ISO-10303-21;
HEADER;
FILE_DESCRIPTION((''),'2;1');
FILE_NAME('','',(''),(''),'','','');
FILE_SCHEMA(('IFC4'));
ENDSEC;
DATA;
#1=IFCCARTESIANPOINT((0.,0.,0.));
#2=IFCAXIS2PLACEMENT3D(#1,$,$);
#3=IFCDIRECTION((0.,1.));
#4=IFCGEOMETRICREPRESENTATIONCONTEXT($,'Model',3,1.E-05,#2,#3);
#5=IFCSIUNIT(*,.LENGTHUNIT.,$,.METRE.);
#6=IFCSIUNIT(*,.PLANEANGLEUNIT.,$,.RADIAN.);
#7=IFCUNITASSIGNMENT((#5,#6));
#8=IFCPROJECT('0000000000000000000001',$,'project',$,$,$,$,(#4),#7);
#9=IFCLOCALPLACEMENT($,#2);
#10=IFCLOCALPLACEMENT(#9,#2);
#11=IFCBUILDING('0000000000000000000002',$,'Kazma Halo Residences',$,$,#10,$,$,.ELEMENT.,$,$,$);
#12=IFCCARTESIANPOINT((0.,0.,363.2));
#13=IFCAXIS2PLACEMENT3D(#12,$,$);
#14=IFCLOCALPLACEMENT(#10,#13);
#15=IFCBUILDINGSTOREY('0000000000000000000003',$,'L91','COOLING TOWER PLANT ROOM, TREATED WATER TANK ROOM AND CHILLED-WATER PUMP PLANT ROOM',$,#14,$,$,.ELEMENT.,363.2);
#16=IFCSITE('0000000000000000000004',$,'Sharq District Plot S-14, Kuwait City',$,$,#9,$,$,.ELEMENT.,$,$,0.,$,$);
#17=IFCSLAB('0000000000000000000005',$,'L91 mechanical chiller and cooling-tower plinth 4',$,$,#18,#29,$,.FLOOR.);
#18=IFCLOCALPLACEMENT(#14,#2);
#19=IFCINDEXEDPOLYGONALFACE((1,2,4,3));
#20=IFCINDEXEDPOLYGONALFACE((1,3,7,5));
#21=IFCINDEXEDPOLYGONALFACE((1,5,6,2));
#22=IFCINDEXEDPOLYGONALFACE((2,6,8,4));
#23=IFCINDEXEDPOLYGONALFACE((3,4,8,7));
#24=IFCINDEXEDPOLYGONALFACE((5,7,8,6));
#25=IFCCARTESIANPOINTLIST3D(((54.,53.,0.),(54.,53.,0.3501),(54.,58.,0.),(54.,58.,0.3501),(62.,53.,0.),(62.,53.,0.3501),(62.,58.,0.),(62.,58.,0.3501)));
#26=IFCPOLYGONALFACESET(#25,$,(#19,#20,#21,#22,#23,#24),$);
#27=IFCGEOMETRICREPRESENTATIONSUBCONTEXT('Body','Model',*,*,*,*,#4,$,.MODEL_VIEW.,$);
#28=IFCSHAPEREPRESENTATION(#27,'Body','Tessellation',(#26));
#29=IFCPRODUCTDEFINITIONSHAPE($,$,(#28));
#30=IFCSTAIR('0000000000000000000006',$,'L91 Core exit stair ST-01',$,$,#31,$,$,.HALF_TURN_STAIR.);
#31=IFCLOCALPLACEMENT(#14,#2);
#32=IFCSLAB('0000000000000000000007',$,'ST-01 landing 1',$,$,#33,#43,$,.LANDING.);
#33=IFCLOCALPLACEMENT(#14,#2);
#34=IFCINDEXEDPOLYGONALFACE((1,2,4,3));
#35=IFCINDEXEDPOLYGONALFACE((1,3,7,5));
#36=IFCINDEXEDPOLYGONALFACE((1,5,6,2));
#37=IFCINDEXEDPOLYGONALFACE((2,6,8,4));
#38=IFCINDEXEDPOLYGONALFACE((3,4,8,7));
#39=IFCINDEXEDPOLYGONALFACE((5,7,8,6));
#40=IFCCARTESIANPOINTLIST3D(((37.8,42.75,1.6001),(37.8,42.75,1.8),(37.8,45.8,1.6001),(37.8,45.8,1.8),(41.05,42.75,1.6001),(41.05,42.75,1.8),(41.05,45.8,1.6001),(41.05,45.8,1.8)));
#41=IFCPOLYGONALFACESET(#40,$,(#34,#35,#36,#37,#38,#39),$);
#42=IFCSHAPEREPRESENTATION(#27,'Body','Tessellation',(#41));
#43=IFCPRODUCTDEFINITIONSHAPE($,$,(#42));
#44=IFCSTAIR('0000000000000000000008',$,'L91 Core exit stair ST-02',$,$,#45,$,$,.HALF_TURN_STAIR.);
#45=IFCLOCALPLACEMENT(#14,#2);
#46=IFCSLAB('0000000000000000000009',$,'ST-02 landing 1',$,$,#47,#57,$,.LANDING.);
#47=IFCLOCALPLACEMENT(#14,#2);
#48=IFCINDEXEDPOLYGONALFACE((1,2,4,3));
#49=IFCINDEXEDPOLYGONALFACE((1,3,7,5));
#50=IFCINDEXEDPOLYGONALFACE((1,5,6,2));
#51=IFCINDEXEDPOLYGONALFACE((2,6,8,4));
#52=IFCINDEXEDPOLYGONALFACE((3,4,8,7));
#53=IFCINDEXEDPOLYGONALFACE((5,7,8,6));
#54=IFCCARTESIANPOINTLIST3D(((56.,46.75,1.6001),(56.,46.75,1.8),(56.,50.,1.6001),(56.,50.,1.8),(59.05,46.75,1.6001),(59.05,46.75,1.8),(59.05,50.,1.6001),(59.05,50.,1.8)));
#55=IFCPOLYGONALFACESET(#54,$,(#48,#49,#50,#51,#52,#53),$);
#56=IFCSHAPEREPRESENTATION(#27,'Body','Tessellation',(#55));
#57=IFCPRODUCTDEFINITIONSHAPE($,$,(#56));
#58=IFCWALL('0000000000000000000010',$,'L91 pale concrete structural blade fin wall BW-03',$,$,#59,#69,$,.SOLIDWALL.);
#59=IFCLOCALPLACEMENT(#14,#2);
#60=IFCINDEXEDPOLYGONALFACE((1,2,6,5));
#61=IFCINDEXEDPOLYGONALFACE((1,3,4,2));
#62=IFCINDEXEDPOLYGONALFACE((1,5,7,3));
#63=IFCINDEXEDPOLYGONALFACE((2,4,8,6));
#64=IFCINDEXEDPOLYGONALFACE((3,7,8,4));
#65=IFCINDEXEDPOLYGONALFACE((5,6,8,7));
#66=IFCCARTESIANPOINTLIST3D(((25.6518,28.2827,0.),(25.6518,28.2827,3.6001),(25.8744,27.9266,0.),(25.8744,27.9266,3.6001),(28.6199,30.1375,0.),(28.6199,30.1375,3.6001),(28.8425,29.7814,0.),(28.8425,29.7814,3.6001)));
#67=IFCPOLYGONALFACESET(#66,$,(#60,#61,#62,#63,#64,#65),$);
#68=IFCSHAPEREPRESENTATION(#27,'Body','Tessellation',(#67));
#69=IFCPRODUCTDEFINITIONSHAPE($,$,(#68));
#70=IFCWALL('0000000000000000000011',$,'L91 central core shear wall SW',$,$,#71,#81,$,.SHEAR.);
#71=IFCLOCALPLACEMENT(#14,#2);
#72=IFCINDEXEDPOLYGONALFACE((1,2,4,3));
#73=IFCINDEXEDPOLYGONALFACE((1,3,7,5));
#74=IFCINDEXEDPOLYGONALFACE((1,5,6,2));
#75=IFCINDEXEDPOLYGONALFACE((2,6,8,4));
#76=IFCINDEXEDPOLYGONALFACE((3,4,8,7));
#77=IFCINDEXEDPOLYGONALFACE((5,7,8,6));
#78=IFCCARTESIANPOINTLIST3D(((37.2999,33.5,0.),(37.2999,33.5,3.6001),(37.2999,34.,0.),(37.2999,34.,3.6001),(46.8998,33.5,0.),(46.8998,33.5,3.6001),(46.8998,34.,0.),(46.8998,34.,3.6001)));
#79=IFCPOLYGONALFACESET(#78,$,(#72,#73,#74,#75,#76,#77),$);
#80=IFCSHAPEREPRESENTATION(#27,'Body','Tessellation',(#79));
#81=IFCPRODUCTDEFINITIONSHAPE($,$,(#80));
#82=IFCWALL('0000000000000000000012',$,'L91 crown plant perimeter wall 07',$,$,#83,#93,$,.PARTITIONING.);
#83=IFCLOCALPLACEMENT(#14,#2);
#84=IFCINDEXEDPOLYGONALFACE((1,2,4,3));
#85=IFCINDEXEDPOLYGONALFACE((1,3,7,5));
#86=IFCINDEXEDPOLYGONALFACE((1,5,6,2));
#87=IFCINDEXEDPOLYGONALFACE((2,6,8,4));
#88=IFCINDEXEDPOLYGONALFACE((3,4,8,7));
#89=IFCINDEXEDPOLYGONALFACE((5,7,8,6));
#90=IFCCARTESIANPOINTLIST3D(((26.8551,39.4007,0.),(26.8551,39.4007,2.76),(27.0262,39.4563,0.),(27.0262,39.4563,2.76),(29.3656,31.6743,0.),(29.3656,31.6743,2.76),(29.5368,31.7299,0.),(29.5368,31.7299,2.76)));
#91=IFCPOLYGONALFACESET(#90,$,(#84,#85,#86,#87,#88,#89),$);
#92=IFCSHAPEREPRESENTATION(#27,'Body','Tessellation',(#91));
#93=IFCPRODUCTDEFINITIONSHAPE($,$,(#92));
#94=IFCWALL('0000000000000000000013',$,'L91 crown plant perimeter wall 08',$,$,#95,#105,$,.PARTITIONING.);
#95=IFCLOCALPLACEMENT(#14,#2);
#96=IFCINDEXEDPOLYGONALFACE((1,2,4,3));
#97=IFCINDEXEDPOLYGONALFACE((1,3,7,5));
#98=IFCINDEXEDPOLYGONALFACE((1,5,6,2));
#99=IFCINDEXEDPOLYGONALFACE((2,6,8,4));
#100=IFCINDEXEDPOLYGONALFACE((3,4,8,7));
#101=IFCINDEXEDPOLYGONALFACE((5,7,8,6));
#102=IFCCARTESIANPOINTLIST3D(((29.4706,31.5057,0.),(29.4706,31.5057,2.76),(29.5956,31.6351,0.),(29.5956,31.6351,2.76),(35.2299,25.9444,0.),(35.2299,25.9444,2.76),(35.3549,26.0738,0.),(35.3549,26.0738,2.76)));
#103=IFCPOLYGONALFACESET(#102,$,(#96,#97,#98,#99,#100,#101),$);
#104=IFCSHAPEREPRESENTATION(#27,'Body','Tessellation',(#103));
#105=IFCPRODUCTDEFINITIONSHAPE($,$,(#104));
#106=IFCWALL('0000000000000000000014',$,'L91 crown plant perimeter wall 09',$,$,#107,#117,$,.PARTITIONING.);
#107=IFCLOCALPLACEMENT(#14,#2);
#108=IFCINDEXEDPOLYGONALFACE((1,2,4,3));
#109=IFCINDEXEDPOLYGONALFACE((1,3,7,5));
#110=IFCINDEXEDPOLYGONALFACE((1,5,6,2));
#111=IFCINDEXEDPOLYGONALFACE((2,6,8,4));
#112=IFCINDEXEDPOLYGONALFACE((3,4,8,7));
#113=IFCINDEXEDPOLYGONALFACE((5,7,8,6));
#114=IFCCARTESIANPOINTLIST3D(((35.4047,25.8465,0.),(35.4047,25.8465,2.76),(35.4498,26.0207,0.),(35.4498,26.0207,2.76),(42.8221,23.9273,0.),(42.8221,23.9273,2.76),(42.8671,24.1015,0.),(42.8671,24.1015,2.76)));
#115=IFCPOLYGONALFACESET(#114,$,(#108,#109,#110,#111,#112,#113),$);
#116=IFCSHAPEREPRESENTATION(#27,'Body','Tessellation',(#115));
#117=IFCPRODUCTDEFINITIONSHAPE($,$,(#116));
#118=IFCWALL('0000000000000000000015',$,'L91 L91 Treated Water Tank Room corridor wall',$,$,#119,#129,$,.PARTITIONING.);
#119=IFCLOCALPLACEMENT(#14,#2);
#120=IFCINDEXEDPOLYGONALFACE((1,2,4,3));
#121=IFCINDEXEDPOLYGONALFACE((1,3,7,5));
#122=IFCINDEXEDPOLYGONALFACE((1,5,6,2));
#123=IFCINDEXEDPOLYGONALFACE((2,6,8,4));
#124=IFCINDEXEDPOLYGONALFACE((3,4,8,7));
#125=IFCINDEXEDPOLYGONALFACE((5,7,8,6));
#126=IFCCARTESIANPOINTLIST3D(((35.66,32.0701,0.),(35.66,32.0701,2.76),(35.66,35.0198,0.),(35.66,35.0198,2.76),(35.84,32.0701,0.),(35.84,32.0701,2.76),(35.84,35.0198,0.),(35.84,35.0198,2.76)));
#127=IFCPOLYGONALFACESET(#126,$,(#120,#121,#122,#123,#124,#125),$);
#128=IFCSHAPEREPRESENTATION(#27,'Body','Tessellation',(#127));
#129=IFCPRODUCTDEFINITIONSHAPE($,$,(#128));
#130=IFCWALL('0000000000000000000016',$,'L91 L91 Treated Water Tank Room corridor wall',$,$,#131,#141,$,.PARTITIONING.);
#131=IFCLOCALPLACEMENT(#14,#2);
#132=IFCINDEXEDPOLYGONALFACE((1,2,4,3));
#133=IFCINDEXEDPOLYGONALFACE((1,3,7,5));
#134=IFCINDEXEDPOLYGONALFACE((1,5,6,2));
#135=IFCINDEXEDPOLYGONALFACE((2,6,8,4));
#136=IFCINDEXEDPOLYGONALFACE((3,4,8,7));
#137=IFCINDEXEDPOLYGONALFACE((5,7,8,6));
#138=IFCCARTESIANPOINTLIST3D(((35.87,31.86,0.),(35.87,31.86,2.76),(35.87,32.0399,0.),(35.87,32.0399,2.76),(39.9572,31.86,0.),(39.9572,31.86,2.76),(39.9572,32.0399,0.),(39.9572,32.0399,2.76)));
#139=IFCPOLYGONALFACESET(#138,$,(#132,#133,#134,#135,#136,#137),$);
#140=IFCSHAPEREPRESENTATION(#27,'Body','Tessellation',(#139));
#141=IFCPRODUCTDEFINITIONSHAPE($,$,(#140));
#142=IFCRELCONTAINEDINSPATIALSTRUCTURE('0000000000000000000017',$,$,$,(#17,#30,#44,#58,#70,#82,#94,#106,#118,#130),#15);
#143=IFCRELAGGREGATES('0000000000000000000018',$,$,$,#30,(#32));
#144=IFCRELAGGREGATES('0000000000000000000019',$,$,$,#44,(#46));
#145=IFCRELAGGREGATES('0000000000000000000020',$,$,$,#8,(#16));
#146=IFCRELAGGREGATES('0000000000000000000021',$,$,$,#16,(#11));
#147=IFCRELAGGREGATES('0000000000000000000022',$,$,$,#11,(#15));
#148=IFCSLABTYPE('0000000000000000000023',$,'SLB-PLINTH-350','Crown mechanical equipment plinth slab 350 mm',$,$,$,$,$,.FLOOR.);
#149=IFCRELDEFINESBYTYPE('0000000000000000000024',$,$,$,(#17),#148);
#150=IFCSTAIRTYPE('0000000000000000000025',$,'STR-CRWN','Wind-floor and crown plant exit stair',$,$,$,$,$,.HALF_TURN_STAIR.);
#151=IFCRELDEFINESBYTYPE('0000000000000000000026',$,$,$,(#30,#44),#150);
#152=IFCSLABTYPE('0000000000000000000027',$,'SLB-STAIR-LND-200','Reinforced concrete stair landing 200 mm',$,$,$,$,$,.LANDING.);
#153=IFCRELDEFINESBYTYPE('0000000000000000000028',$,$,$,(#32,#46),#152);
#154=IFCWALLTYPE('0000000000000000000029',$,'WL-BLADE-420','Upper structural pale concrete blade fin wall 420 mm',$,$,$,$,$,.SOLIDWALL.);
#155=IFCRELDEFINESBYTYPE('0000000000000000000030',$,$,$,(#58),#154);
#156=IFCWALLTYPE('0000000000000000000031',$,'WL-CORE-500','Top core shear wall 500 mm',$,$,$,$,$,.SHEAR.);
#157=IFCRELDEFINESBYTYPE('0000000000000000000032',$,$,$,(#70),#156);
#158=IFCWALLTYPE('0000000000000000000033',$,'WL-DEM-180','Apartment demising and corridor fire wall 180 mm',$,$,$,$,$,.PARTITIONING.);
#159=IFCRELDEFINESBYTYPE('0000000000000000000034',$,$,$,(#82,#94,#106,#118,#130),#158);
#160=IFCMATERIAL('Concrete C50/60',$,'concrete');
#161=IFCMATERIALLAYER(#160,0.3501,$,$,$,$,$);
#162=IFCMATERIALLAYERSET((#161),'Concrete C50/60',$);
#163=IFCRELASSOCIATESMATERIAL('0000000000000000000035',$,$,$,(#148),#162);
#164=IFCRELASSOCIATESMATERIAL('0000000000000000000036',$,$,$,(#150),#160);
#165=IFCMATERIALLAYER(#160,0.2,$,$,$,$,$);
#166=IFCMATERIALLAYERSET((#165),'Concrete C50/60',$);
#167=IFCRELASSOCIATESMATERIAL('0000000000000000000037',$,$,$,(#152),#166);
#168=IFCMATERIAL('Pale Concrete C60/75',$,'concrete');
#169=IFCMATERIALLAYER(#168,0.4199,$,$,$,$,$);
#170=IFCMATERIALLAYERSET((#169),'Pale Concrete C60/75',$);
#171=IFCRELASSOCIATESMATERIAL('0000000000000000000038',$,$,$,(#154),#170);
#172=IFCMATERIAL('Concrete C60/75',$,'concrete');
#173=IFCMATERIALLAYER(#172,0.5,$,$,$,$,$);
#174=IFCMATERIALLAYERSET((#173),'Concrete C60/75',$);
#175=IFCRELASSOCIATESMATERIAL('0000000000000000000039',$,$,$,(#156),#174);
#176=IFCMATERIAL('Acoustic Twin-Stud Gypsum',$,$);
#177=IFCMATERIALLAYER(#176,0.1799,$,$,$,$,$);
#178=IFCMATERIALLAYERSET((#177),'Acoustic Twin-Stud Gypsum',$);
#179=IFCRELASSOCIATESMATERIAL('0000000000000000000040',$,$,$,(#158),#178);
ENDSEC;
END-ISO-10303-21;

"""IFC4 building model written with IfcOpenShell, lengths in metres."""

from ifc_helpers import new_model, si_unit, direction, frame, frame_2d, origin, place, context, subcontext, project, spatial, polyline, rectangle, outline, extrude, material, layer, layer_set, type_object, element, aggregate, save


model = new_model("IFC4")

# Units and contexts
model_context = context("Model", 3, precision=1e-05, world=origin(), true_north=direction((0.0, 1.0)))
body_context = subcontext(model_context, "Body", "Model", "MODEL_VIEW")
ifc_project = project(units=[si_unit("LENGTHUNIT", "METRE"), si_unit("PLANEANGLEUNIT", "RADIAN")], contexts=[model_context])

# Site, building, storey
site_placement = place(None, origin())
site = spatial("IfcSite", under=ifc_project, at=site_placement, Name="Sharq District Plot S-14, Kuwait City", CompositionType="ELEMENT", RefElevation=0.0)
building_placement = place(site_placement, origin())
building = spatial("IfcBuilding", under=site, at=building_placement, Name="Kazma Halo Residences", CompositionType="ELEMENT")
storey_placement = place(building_placement, frame((0.0, 0.0, 363.2)))
storey = spatial("IfcBuildingStorey", under=building, at=storey_placement, Name="L91", Description="COOLING TOWER PLANT ROOM, TREATED WATER TANK ROOM AND CHILLED-WATER PUMP PLANT ROOM", CompositionType="ELEMENT", Elevation=363.2)

# Slab
ifc_material_1 = material(Name="Concrete C50/60", Category="concrete")
ifc_layer_1 = layer(ifc_material_1, 0.3501)
ifc_layer_set_1 = layer_set([ifc_layer_1], Name="Concrete C50/60")
slab_type_1 = type_object("IfcSlabType", Name="SLB-PLINTH-350", Description="Crown mechanical equipment plinth slab 350 mm", PredefinedType="FLOOR", material=ifc_layer_set_1)
slab_1_placement = place(storey_placement, origin())
element("IfcSlab", 1, at=slab_1_placement, inside=storey, type_object=slab_type_1, Name="L91 mechanical chiller and cooling-tower plinth 4", PredefinedType="FLOOR", context=body_context, shape_type="SweptSolid", body=[
    extrude(outline(polyline([(54.0, 53.0), (62.0, 53.0), (62.0, 58.0), (54.0, 58.0), (54.0, 53.0)])), origin(), (0.0, 0.0, 1.0), 0.3501),
])

# Stairs, slabs
stair_type = type_object("IfcStairType", Name="STR-CRWN", Description="Wind-floor and crown plant exit stair", PredefinedType="HALF_TURN_STAIR", material=ifc_material_1)
stair_1_placement = place(storey_placement, origin())
stair_1 = element("IfcStair", 2, at=stair_1_placement, inside=storey, type_object=stair_type, Name="L91 Core exit stair ST-01", PredefinedType="HALF_TURN_STAIR")
ifc_layer_2 = layer(ifc_material_1, 0.2)
ifc_layer_set_2 = layer_set([ifc_layer_2], Name="Concrete C50/60")
slab_type_2 = type_object("IfcSlabType", Name="SLB-STAIR-LND-200", Description="Reinforced concrete stair landing 200 mm", PredefinedType="LANDING", material=ifc_layer_set_2)
slab_2_placement = place(storey_placement, frame((0.0, 0.0, 1.6001)))
slab_2 = element("IfcSlab", 3, at=slab_2_placement, type_object=slab_type_2, Name="ST-01 landing 1", PredefinedType="LANDING", context=body_context, shape_type="SweptSolid", body=[
    extrude(outline(polyline([(41.05, 42.75), (41.05, 45.8), (37.8, 45.8), (37.8, 42.75), (41.05, 42.75)])), origin(), (0.0, 0.0, 1.0), 0.2),
])
aggregate(stair_1, [slab_2])
stair_2_placement = place(storey_placement, origin())
stair_2 = element("IfcStair", 4, at=stair_2_placement, inside=storey, type_object=stair_type, Name="L91 Core exit stair ST-02", PredefinedType="HALF_TURN_STAIR")
slab_3_placement = place(storey_placement, frame((0.0, 0.0, 1.6001)))
slab_3 = element("IfcSlab", 5, at=slab_3_placement, type_object=slab_type_2, Name="ST-02 landing 1", PredefinedType="LANDING", context=body_context, shape_type="SweptSolid", body=[
    extrude(outline(polyline([(56.0, 46.75), (59.05, 46.75), (59.05, 50.0), (56.0, 50.0), (56.0, 46.75)])), origin(), (0.0, 0.0, 1.0), 0.2),
])
aggregate(stair_2, [slab_3])

# Walls
ifc_material_2 = material(Name="Pale Concrete C60/75", Category="concrete")
ifc_layer_3 = layer(ifc_material_2, 0.4199)
ifc_layer_set_3 = layer_set([ifc_layer_3], Name="Pale Concrete C60/75")
wall_type_1 = type_object("IfcWallType", Name="WL-BLADE-420", Description="Upper structural pale concrete blade fin wall 420 mm", PredefinedType="SOLIDWALL", material=ifc_layer_set_3)
wall_1_placement = place(storey_placement, frame((28.7312, 29.9595, 0.0), z_axis=(0.0, 0.0, 1.0), x_axis=(-0.848034, -0.529943, 0.0)))
element("IfcWall", 6, at=wall_1_placement, inside=storey, type_object=wall_type_1, Name="L91 pale concrete structural blade fin wall BW-03", PredefinedType="SOLIDWALL", context=body_context, shape_type="SweptSolid", body=[
    extrude(rectangle(XDim=3.5, YDim=0.4199, at=frame_2d((1.75, 0.0))), origin(), (0.0, 0.0, 1.0), 3.6001),
])
ifc_material_3 = material(Name="Concrete C60/75", Category="concrete")
ifc_layer_4 = layer(ifc_material_3, 0.5)
ifc_layer_set_4 = layer_set([ifc_layer_4], Name="Concrete C60/75")
wall_type_2 = type_object("IfcWallType", Name="WL-CORE-500", Description="Top core shear wall 500 mm", PredefinedType="SHEAR", material=ifc_layer_set_4)
wall_2_placement = place(storey_placement, frame((37.3, 33.75, 0.0), z_axis=(0.0, 0.0, 1.0), x_axis=(1.0, 0.0, 0.0)))
element("IfcWall", 7, at=wall_2_placement, inside=storey, type_object=wall_type_2, Name="L91 central core shear wall SW", PredefinedType="SHEAR", context=body_context, shape_type="SweptSolid", body=[
    extrude(rectangle(XDim=9.5999, YDim=0.5, at=frame_2d((4.7998, 0.0))), origin(), (0.0, 0.0, 1.0), 3.6001),
])
ifc_material_4 = material(Name="Acoustic Twin-Stud Gypsum")
ifc_layer_5 = layer(ifc_material_4, 0.1799)
ifc_layer_set_5 = layer_set([ifc_layer_5], Name="Acoustic Twin-Stud Gypsum")
wall_type_3 = type_object("IfcWallType", Name="WL-DEM-180", Description="Apartment demising and corridor fire wall 180 mm", PredefinedType="PARTITIONING", material=ifc_layer_set_5)
wall_3_placement = place(storey_placement, frame((26.9407, 39.4285, 0.0), z_axis=(0.0, 0.0, 1.0), x_axis=(0.309024, -0.951054, 0.0)))
element("IfcWall", 8, at=wall_3_placement, inside=storey, type_object=wall_type_3, Name="L91 crown plant perimeter wall 07", PredefinedType="PARTITIONING", context=body_context, shape_type="SweptSolid", body=[
    extrude(rectangle(XDim=8.124, YDim=0.1799, at=frame_2d((4.062, 0.0))), origin(), (0.0, 0.0, 1.0), 2.76),
])
wall_4_placement = place(storey_placement, frame((29.5332, 31.5703, 0.0), z_axis=(0.0, 0.0, 1.0), x_axis=(0.719364, -0.694633, 0.0)))
element("IfcWall", 9, at=wall_4_placement, inside=storey, type_object=wall_type_3, Name="L91 crown plant perimeter wall 08", PredefinedType="PARTITIONING", context=body_context, shape_type="SweptSolid", body=[
    extrude(rectangle(XDim=8.0061, YDim=0.1799, at=frame_2d((4.0029, 0.0))), origin(), (0.0, 0.0, 1.0), 2.76),
])
wall_5_placement = place(storey_placement, frame((35.4272, 25.9336, 0.0), z_axis=(0.0, 0.0, 1.0), x_axis=(0.968117, -0.250498, 0.0)))
element("IfcWall", 10, at=wall_5_placement, inside=storey, type_object=wall_type_3, Name="L91 crown plant perimeter wall 09", PredefinedType="PARTITIONING", context=body_context, shape_type="SweptSolid", body=[
    extrude(rectangle(XDim=7.6616, YDim=0.1799, at=frame_2d((3.8308, 0.0))), origin(), (0.0, 0.0, 1.0), 2.76),
])
wall_6_placement = place(storey_placement, frame((35.75, 35.0198, 0.0), z_axis=(0.0, 0.0, 1.0), x_axis=(0.0, -1.0, 0.0)))
element("IfcWall", 11, at=wall_6_placement, inside=storey, type_object=wall_type_3, Name="L91 L91 Treated Water Tank Room corridor wall", PredefinedType="PARTITIONING", context=body_context, shape_type="SweptSolid", body=[
    extrude(rectangle(XDim=2.9497, YDim=0.1799, at=frame_2d((1.4749, 0.0))), origin(), (0.0, 0.0, 1.0), 2.76),
])
wall_7_placement = place(storey_placement, frame((35.8701, 31.95, 0.0), z_axis=(0.0, 0.0, 1.0), x_axis=(1.0, 0.0, 0.0)))
element("IfcWall", 12, at=wall_7_placement, inside=storey, type_object=wall_type_3, Name="L91 L91 Treated Water Tank Room corridor wall", PredefinedType="PARTITIONING", context=body_context, shape_type="SweptSolid", body=[
    extrude(rectangle(XDim=4.0872, YDim=0.1799, at=frame_2d((2.0435, 0.0))), origin(), (0.0, 0.0, 1.0), 2.76),
])

save(model, "model.ifc")
